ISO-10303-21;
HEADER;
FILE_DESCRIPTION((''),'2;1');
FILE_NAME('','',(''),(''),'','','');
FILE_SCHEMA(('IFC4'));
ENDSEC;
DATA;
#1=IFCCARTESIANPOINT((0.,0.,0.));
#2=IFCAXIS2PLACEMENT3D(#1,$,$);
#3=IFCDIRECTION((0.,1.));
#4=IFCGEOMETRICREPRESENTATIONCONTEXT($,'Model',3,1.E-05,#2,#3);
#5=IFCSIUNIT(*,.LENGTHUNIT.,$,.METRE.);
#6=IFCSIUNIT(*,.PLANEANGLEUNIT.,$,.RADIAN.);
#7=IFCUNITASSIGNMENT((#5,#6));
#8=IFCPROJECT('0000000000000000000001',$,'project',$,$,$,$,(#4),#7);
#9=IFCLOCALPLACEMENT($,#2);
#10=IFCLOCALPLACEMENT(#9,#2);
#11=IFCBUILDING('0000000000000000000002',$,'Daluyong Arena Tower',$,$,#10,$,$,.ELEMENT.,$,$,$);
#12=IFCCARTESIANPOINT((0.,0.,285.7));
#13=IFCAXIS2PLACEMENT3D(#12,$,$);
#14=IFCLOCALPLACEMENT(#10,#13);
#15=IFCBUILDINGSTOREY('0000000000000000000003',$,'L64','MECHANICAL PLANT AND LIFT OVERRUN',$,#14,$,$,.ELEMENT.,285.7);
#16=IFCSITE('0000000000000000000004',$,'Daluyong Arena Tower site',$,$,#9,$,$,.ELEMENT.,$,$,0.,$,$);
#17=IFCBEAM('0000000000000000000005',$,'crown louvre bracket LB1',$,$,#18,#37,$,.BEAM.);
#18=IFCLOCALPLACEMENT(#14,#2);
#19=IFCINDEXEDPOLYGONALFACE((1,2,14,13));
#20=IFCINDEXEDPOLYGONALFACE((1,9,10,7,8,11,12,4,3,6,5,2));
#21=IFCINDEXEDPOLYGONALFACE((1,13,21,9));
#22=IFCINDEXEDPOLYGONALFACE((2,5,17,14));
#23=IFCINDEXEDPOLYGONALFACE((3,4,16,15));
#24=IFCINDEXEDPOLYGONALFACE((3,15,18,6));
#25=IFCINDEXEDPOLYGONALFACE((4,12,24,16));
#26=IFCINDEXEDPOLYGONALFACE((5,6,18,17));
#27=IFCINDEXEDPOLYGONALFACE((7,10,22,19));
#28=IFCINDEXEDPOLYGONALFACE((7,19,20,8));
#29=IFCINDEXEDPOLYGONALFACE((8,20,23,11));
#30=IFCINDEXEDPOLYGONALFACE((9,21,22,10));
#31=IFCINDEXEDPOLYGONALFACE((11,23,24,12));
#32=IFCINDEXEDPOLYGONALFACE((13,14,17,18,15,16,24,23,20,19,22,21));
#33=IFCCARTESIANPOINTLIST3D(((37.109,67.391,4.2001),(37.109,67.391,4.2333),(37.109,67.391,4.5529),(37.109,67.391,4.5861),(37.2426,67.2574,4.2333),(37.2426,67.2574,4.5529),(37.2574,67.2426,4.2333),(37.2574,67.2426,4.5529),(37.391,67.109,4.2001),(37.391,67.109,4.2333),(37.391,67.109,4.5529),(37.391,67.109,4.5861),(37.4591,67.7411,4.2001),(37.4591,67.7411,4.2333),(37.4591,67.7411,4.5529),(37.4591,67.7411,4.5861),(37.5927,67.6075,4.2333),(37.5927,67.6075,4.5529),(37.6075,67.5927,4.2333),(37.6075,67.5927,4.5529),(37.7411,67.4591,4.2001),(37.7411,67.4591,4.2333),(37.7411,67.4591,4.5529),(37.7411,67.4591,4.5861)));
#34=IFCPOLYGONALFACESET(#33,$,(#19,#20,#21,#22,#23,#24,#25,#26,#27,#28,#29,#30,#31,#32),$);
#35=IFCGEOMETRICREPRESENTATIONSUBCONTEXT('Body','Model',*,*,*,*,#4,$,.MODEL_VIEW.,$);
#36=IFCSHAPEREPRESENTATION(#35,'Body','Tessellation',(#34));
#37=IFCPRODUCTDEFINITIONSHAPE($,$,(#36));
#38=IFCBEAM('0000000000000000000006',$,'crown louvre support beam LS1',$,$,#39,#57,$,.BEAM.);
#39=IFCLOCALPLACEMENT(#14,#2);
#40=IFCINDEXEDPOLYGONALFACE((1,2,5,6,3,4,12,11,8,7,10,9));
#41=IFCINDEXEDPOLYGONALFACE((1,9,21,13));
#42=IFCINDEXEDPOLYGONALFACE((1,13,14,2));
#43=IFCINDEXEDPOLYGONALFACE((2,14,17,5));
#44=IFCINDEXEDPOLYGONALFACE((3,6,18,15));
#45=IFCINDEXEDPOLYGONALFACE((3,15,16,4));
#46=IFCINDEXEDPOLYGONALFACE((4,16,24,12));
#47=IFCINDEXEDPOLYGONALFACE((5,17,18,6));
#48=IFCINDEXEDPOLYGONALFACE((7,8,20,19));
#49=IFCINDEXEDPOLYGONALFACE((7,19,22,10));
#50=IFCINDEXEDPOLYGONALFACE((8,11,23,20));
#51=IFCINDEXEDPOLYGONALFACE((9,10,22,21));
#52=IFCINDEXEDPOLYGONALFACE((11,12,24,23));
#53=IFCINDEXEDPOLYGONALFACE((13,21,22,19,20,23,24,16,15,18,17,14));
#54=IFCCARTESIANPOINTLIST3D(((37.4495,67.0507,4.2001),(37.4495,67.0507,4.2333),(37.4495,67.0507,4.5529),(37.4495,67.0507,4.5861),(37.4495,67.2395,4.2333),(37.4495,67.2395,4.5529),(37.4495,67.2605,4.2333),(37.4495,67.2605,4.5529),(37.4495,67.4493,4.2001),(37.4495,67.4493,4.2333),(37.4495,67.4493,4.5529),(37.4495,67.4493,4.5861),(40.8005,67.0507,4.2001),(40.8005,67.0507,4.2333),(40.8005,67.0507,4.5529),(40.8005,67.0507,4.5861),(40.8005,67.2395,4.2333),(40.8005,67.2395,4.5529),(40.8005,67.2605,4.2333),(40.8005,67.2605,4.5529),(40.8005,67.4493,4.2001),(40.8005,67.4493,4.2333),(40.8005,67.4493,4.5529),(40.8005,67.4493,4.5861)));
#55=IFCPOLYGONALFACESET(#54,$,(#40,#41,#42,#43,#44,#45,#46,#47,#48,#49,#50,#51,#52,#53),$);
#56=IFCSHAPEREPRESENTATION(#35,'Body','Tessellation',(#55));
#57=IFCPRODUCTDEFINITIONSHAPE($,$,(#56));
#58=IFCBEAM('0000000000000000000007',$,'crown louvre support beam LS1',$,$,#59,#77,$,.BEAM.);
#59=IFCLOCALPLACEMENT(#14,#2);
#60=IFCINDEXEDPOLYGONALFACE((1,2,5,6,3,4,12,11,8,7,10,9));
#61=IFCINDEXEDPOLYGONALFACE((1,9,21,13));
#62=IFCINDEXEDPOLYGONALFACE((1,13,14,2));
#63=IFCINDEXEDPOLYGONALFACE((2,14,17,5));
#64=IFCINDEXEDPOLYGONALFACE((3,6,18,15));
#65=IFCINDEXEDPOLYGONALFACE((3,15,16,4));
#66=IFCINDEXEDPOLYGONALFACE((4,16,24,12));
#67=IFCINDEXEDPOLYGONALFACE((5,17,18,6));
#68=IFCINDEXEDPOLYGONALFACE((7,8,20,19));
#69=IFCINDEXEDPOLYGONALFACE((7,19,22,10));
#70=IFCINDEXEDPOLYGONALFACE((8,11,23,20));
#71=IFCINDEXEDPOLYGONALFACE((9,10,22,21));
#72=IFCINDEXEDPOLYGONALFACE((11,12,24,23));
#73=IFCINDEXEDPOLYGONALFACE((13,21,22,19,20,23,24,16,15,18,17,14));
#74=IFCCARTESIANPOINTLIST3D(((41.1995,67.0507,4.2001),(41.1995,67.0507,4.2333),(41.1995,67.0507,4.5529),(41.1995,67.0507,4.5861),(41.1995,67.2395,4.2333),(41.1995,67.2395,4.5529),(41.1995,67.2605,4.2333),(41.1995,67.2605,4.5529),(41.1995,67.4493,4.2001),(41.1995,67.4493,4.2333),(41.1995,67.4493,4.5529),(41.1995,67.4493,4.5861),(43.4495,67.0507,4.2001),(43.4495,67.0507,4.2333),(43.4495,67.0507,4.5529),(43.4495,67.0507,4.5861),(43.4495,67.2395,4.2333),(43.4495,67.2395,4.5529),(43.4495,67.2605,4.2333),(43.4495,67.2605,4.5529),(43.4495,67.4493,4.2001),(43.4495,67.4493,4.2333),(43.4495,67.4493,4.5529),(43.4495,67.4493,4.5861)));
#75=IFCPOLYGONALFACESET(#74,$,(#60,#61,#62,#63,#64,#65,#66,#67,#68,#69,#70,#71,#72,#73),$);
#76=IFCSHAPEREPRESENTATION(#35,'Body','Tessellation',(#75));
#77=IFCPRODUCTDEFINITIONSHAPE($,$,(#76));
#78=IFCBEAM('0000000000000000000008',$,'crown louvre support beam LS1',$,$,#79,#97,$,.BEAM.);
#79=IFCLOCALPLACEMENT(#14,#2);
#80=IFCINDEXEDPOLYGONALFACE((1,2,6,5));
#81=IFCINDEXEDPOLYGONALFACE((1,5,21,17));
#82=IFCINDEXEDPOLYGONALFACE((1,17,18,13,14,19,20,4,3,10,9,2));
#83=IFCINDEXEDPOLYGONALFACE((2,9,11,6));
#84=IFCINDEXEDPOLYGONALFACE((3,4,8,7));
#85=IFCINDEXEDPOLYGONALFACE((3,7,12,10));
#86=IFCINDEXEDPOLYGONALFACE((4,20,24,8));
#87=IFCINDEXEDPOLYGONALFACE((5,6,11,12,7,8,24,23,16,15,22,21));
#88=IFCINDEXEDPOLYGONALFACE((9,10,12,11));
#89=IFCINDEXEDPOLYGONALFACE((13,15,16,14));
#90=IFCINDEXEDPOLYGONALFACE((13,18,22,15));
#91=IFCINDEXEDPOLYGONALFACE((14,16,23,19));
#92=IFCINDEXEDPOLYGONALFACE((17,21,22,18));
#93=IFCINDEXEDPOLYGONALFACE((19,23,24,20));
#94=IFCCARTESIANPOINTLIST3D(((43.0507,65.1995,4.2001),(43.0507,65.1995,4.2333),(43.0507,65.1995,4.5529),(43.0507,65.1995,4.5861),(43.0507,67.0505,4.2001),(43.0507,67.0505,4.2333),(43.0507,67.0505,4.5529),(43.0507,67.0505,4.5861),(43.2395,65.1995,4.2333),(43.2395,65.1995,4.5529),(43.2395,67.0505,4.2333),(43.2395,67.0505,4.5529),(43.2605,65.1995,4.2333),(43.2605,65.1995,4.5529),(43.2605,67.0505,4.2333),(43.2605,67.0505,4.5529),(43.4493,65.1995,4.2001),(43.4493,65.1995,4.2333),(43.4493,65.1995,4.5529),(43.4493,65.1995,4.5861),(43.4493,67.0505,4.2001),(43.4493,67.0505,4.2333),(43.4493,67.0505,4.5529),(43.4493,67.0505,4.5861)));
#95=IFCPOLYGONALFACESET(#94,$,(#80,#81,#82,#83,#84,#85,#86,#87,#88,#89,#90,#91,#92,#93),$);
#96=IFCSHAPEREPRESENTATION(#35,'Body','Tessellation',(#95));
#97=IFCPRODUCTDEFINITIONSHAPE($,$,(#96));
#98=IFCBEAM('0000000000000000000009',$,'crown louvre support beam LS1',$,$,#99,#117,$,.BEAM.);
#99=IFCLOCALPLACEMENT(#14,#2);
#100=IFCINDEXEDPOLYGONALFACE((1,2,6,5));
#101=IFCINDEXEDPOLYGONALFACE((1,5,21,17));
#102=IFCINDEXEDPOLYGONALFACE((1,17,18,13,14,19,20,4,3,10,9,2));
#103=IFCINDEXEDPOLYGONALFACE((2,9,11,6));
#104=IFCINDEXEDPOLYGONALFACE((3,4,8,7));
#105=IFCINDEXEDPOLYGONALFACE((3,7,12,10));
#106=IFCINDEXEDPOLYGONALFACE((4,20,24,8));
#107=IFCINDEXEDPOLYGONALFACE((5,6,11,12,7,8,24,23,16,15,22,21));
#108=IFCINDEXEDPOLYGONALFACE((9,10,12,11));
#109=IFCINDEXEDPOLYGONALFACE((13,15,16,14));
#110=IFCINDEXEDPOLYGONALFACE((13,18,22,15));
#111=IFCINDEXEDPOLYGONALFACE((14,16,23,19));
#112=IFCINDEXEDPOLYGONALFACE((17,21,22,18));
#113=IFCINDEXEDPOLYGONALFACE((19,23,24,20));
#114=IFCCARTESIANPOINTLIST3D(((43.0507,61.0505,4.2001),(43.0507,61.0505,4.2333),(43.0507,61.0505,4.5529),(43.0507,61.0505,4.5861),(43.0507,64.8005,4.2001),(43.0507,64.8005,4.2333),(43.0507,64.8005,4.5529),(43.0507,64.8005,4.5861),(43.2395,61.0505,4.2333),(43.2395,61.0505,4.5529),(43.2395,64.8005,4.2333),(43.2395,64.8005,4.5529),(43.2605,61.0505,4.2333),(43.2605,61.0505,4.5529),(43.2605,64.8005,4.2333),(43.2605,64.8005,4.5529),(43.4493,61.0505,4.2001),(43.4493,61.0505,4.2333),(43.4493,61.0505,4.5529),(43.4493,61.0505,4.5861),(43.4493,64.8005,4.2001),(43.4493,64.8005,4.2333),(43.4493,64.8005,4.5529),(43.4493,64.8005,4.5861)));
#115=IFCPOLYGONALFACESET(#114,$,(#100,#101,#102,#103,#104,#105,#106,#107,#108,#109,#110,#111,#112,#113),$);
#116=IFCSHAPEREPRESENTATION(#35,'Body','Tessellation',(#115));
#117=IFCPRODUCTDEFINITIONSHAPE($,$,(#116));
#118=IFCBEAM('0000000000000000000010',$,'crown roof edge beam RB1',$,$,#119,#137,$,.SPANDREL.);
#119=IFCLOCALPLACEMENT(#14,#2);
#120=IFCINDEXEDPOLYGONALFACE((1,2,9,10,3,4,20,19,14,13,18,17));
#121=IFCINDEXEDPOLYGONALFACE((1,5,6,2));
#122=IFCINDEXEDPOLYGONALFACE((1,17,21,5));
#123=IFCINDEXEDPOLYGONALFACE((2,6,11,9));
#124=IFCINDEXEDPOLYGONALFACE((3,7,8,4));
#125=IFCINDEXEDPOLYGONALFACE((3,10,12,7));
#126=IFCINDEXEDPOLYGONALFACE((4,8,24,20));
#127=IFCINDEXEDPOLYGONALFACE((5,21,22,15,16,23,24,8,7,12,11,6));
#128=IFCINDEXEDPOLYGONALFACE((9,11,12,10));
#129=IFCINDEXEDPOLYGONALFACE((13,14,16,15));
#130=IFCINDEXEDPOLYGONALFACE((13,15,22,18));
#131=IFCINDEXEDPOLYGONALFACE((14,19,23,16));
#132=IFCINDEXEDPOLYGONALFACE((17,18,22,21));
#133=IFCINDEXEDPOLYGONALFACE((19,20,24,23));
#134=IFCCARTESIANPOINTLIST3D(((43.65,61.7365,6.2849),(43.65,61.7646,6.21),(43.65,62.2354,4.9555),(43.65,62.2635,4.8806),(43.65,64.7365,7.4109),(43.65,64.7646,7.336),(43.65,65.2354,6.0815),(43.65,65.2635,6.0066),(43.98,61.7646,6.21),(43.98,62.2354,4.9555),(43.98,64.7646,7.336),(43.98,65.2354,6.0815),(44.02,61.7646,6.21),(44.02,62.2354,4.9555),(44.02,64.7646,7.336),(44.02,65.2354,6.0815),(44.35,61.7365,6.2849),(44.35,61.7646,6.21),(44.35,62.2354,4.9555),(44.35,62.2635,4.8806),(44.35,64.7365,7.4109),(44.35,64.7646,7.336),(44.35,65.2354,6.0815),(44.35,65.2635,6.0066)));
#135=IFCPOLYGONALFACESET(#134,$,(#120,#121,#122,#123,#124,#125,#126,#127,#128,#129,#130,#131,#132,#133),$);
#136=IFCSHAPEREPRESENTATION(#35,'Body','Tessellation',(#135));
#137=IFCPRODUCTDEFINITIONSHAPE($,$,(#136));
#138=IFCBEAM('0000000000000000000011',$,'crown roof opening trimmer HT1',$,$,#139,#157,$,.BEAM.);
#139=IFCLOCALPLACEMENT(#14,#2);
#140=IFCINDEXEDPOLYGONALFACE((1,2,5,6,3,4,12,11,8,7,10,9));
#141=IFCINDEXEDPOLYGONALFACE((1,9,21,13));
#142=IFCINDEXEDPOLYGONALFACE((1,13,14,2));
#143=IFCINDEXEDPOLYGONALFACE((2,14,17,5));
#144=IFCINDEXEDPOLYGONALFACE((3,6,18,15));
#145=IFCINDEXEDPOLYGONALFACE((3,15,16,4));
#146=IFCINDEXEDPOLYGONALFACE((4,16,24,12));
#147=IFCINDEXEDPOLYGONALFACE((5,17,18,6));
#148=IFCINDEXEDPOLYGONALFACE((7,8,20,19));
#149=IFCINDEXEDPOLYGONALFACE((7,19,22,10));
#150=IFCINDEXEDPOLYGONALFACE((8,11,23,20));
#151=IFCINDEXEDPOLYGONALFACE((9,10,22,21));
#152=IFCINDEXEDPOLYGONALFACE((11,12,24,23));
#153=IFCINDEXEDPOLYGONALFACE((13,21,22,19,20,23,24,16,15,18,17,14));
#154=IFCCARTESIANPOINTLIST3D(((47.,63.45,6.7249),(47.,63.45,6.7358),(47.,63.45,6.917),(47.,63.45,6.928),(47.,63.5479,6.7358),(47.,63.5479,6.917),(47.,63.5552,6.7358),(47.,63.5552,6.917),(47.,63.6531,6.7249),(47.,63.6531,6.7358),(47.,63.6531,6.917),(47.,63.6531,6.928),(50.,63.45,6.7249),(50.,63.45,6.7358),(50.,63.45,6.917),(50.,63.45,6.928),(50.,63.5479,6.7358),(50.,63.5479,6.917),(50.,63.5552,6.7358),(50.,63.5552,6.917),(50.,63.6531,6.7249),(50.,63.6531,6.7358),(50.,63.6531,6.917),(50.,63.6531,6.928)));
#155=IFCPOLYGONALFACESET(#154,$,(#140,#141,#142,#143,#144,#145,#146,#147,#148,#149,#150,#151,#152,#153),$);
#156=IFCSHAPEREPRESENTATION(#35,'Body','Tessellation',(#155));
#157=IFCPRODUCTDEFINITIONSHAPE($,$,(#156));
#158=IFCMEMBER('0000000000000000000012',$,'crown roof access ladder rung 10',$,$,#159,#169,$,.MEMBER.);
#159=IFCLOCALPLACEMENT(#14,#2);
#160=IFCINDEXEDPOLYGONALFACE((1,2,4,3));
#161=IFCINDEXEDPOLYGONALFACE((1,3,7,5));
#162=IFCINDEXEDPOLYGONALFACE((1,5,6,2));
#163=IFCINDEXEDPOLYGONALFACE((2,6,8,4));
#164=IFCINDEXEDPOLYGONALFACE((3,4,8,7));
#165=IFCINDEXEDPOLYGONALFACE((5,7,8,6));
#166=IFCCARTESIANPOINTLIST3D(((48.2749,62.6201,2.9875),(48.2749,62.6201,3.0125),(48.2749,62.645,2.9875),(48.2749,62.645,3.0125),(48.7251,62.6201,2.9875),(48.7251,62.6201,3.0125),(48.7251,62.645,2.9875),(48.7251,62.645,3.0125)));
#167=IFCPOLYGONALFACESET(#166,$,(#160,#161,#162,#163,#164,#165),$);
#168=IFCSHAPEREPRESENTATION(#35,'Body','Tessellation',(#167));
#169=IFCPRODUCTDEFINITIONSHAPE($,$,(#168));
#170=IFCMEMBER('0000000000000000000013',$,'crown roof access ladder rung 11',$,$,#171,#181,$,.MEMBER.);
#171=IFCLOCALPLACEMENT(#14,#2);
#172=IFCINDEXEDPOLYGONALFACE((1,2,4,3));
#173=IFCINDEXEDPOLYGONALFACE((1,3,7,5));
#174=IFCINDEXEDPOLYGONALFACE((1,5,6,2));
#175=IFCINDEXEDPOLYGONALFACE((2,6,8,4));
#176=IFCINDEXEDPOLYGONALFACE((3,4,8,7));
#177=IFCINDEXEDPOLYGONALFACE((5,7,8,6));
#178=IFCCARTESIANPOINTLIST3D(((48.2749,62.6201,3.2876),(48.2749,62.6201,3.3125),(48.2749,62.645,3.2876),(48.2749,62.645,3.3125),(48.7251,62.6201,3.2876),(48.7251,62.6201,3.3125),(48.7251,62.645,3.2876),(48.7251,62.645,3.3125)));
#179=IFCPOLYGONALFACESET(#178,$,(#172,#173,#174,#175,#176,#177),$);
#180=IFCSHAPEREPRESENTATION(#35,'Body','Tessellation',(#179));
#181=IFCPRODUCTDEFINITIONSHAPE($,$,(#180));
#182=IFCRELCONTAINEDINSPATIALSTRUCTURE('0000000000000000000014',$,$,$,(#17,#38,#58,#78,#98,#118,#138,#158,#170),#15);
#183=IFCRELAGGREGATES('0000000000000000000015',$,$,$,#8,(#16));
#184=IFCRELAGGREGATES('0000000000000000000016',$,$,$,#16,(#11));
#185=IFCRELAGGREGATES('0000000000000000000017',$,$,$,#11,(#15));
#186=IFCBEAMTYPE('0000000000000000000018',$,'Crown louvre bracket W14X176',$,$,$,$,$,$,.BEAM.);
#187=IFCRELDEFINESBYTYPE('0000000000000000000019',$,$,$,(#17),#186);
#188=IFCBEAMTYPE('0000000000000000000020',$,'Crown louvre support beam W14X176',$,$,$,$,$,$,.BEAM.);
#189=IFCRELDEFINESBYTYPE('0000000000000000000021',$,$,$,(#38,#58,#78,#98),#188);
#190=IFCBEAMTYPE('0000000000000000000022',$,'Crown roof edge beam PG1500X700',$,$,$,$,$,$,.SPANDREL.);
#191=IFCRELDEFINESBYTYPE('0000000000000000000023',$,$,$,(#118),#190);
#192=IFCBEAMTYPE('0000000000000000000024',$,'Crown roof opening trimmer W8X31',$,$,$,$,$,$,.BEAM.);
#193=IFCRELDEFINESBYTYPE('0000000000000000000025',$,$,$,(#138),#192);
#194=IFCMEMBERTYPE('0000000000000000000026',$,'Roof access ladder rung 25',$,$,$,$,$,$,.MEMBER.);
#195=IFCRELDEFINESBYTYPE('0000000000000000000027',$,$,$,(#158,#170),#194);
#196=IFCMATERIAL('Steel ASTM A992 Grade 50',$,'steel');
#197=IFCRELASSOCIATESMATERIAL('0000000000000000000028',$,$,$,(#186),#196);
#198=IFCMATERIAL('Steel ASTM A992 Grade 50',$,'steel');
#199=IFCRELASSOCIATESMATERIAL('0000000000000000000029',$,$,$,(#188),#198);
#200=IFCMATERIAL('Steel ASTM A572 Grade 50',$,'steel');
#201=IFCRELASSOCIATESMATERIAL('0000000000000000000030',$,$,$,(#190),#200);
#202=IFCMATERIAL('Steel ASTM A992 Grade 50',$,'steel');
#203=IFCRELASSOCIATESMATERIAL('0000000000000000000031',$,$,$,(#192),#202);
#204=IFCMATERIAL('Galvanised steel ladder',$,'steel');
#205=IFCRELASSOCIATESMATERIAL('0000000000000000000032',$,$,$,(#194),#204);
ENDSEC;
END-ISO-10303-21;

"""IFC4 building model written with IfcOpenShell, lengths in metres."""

from ifc_helpers import new_model, si_unit, direction, frame, origin, origin_2d, place, context, subcontext, project, spatial, rectangle, i_section, extrude, material, material_profile, profile_set, type_object, element, save


model = new_model("IFC4")

# Units and contexts
model_context = context("Model", 3, precision=1e-05, world=origin(), true_north=direction((0.0, 1.0)))
body_context = subcontext(model_context, "Body", "Model", "MODEL_VIEW")
ifc_project = project(units=[si_unit("LENGTHUNIT", "METRE"), si_unit("PLANEANGLEUNIT", "RADIAN")], contexts=[model_context])

# Site, building, storey
site_placement = place(None, origin())
site = spatial("IfcSite", under=ifc_project, at=site_placement, Name="Daluyong Arena Tower site", CompositionType="ELEMENT", RefElevation=0.0)
building_placement = place(site_placement, origin())
building = spatial("IfcBuilding", under=site, at=building_placement, Name="Daluyong Arena Tower", CompositionType="ELEMENT")
storey_placement = place(building_placement, frame((0.0, 0.0, 285.7)))
storey = spatial("IfcBuildingStorey", under=building, at=storey_placement, Name="L64", Description="MECHANICAL PLANT AND LIFT OVERRUN", CompositionType="ELEMENT", Elevation=285.7)

# Beams
ifc_material_1 = material(Name="Steel ASTM A992 Grade 50", Category="steel")
ifc_material_profile_1 = material_profile(ifc_material_1, i_section(OverallWidth=0.3987, OverallDepth=0.386, WebThickness=0.021, FlangeThickness=0.0332, at=origin_2d()))
ifc_profile_set_1 = profile_set([ifc_material_profile_1], Name="Steel ASTM A992 Grade 50")
beam_type_1 = type_object("IfcBeamType", Name="Crown louvre bracket W14X176", PredefinedType="BEAM", material=ifc_profile_set_1)
beam_1_placement = place(storey_placement, frame((37.6001, 67.6001, 4.3931), z_axis=(-0.707107, -0.707107, 0.0), x_axis=(0.707107, -0.707107, 0.0)))
element("IfcBeam", 1, at=beam_1_placement, inside=storey, type_object=beam_type_1, Name="crown louvre bracket LB1", PredefinedType="BEAM", context=body_context, shape_type="SweptSolid", body=[
    extrude(i_section(OverallWidth=0.3987, OverallDepth=0.386, WebThickness=0.021, FlangeThickness=0.0332, at=origin_2d()), origin(), (0.0, 0.0, 1.0), 0.4951),
])
ifc_material_2 = material(Name="Steel ASTM A992 Grade 50", Category="steel")
ifc_material_profile_2 = material_profile(ifc_material_2, i_section(OverallWidth=0.3987, OverallDepth=0.386, WebThickness=0.021, FlangeThickness=0.0332, at=origin_2d()))
ifc_profile_set_2 = profile_set([ifc_material_profile_2], Name="Steel ASTM A992 Grade 50")
beam_type_2 = type_object("IfcBeamType", Name="Crown louvre support beam W14X176", PredefinedType="BEAM", material=ifc_profile_set_2)
beam_2_placement = place(storey_placement, frame((37.4495, 67.25, 4.3931), z_axis=(1.0, 0.0, 0.0), x_axis=(0.0, 1.0, 0.0)))
element("IfcBeam", 2, at=beam_2_placement, inside=storey, type_object=beam_type_2, Name="crown louvre support beam LS1", PredefinedType="BEAM", context=body_context, shape_type="SweptSolid", body=[
    extrude(i_section(OverallWidth=0.3987, OverallDepth=0.386, WebThickness=0.021, FlangeThickness=0.0332, at=origin_2d()), origin(), (0.0, 0.0, 1.0), 3.3511),
])
beam_3_placement = place(storey_placement, frame((41.1995, 67.25, 4.3931), z_axis=(1.0, 0.0, 0.0), x_axis=(0.0, 1.0, 0.0)))
element("IfcBeam", 3, at=beam_3_placement, inside=storey, type_object=beam_type_2, Name="crown louvre support beam LS1", PredefinedType="BEAM", context=body_context, shape_type="SweptSolid", body=[
    extrude(i_section(OverallWidth=0.3987, OverallDepth=0.386, WebThickness=0.021, FlangeThickness=0.0332, at=origin_2d()), origin(), (0.0, 0.0, 1.0), 2.25),
])
beam_4_placement = place(storey_placement, frame((43.25, 67.0505, 4.3931), z_axis=(0.0, -1.0, 0.0), x_axis=(1.0, 0.0, 0.0)))
element("IfcBeam", 4, at=beam_4_placement, inside=storey, type_object=beam_type_2, Name="crown louvre support beam LS1", PredefinedType="BEAM", context=body_context, shape_type="SweptSolid", body=[
    extrude(i_section(OverallWidth=0.3987, OverallDepth=0.386, WebThickness=0.021, FlangeThickness=0.0332, at=origin_2d()), origin(), (0.0, 0.0, 1.0), 1.8511),
])
beam_5_placement = place(storey_placement, frame((43.25, 64.8005, 4.3931), z_axis=(0.0, -1.0, 0.0), x_axis=(1.0, 0.0, 0.0)))
element("IfcBeam", 5, at=beam_5_placement, inside=storey, type_object=beam_type_2, Name="crown louvre support beam LS1", PredefinedType="BEAM", context=body_context, shape_type="SweptSolid", body=[
    extrude(i_section(OverallWidth=0.3987, OverallDepth=0.386, WebThickness=0.021, FlangeThickness=0.0332, at=origin_2d()), origin(), (0.0, 0.0, 1.0), 3.75),
])
ifc_material_3 = material(Name="Steel ASTM A572 Grade 50", Category="steel")
ifc_material_profile_3 = material_profile(ifc_material_3, i_section(OverallWidth=0.7, OverallDepth=1.5, WebThickness=0.04, FlangeThickness=0.08, at=origin_2d()))
ifc_profile_set_3 = profile_set([ifc_material_profile_3], Name="Steel ASTM A572 Grade 50")
beam_type_3 = type_object("IfcBeamType", Name="Crown roof edge beam PG1500X700", PredefinedType="SPANDREL", material=ifc_profile_set_3)
beam_6_placement = place(storey_placement, frame((44.0, 65.0, 6.7087), z_axis=(0.0, -0.936229, -0.351391), x_axis=(1.0, 0.0, 0.0)))
element("IfcBeam", 6, at=beam_6_placement, inside=storey, type_object=beam_type_3, Name="crown roof edge beam RB1", PredefinedType="SPANDREL", context=body_context, shape_type="SweptSolid", body=[
    extrude(i_section(OverallWidth=0.7, OverallDepth=1.5, WebThickness=0.04, FlangeThickness=0.08, at=origin_2d()), origin(), (0.0, 0.0, 1.0), 3.2043),
])
ifc_material_4 = material(Name="Steel ASTM A992 Grade 50", Category="steel")
ifc_material_profile_4 = material_profile(ifc_material_4, i_section(OverallWidth=0.2031, OverallDepth=0.2031, WebThickness=0.0073, FlangeThickness=0.011, at=origin_2d()))
ifc_profile_set_4 = profile_set([ifc_material_profile_4], Name="Steel ASTM A992 Grade 50")
beam_type_4 = type_object("IfcBeamType", Name="Crown roof opening trimmer W8X31", PredefinedType="BEAM", material=ifc_profile_set_4)
beam_7_placement = place(storey_placement, frame((47.0, 63.5515, 6.8264), z_axis=(1.0, 0.0, 0.0), x_axis=(0.0, 1.0, 0.0)))
element("IfcBeam", 7, at=beam_7_placement, inside=storey, type_object=beam_type_4, Name="crown roof opening trimmer HT1", PredefinedType="BEAM", context=body_context, shape_type="SweptSolid", body=[
    extrude(i_section(OverallWidth=0.2031, OverallDepth=0.2031, WebThickness=0.0073, FlangeThickness=0.011, at=origin_2d()), origin(), (0.0, 0.0, 1.0), 3.0),
])

# Members
ifc_material_5 = material(Name="Galvanised steel ladder", Category="steel")
ifc_material_profile_5 = material_profile(ifc_material_5, rectangle(XDim=0.0249, YDim=0.0249, at=origin_2d()))
ifc_profile_set_5 = profile_set([ifc_material_profile_5], Name="Galvanised steel ladder")
member_type_1 = type_object("IfcMemberType", Name="Roof access ladder rung 25", PredefinedType="MEMBER", material=ifc_profile_set_5)
for number, where, z_axis, x_axis, name in (
    (8, (48.2749, 62.6326, 3.0), (1.0, 0.0, 0.0), (0.0, 1.0, 0.0), "crown roof access ladder rung 10"),
    (9, (48.2749, 62.6326, 3.3), (1.0, 0.0, 0.0), (0.0, 1.0, 0.0), "crown roof access ladder rung 11"),
):
    element("IfcMember", number, at=place(storey_placement, frame(where, z_axis=z_axis, x_axis=x_axis)), inside=storey, type_object=member_type_1, Name=name, PredefinedType="MEMBER", context=body_context, shape_type="SweptSolid", body=[
        extrude(rectangle(XDim=0.0249, YDim=0.0249, at=origin_2d()), origin(), (0.0, 0.0, 1.0), 0.4502),
    ])

save(model, "model.ifc")
